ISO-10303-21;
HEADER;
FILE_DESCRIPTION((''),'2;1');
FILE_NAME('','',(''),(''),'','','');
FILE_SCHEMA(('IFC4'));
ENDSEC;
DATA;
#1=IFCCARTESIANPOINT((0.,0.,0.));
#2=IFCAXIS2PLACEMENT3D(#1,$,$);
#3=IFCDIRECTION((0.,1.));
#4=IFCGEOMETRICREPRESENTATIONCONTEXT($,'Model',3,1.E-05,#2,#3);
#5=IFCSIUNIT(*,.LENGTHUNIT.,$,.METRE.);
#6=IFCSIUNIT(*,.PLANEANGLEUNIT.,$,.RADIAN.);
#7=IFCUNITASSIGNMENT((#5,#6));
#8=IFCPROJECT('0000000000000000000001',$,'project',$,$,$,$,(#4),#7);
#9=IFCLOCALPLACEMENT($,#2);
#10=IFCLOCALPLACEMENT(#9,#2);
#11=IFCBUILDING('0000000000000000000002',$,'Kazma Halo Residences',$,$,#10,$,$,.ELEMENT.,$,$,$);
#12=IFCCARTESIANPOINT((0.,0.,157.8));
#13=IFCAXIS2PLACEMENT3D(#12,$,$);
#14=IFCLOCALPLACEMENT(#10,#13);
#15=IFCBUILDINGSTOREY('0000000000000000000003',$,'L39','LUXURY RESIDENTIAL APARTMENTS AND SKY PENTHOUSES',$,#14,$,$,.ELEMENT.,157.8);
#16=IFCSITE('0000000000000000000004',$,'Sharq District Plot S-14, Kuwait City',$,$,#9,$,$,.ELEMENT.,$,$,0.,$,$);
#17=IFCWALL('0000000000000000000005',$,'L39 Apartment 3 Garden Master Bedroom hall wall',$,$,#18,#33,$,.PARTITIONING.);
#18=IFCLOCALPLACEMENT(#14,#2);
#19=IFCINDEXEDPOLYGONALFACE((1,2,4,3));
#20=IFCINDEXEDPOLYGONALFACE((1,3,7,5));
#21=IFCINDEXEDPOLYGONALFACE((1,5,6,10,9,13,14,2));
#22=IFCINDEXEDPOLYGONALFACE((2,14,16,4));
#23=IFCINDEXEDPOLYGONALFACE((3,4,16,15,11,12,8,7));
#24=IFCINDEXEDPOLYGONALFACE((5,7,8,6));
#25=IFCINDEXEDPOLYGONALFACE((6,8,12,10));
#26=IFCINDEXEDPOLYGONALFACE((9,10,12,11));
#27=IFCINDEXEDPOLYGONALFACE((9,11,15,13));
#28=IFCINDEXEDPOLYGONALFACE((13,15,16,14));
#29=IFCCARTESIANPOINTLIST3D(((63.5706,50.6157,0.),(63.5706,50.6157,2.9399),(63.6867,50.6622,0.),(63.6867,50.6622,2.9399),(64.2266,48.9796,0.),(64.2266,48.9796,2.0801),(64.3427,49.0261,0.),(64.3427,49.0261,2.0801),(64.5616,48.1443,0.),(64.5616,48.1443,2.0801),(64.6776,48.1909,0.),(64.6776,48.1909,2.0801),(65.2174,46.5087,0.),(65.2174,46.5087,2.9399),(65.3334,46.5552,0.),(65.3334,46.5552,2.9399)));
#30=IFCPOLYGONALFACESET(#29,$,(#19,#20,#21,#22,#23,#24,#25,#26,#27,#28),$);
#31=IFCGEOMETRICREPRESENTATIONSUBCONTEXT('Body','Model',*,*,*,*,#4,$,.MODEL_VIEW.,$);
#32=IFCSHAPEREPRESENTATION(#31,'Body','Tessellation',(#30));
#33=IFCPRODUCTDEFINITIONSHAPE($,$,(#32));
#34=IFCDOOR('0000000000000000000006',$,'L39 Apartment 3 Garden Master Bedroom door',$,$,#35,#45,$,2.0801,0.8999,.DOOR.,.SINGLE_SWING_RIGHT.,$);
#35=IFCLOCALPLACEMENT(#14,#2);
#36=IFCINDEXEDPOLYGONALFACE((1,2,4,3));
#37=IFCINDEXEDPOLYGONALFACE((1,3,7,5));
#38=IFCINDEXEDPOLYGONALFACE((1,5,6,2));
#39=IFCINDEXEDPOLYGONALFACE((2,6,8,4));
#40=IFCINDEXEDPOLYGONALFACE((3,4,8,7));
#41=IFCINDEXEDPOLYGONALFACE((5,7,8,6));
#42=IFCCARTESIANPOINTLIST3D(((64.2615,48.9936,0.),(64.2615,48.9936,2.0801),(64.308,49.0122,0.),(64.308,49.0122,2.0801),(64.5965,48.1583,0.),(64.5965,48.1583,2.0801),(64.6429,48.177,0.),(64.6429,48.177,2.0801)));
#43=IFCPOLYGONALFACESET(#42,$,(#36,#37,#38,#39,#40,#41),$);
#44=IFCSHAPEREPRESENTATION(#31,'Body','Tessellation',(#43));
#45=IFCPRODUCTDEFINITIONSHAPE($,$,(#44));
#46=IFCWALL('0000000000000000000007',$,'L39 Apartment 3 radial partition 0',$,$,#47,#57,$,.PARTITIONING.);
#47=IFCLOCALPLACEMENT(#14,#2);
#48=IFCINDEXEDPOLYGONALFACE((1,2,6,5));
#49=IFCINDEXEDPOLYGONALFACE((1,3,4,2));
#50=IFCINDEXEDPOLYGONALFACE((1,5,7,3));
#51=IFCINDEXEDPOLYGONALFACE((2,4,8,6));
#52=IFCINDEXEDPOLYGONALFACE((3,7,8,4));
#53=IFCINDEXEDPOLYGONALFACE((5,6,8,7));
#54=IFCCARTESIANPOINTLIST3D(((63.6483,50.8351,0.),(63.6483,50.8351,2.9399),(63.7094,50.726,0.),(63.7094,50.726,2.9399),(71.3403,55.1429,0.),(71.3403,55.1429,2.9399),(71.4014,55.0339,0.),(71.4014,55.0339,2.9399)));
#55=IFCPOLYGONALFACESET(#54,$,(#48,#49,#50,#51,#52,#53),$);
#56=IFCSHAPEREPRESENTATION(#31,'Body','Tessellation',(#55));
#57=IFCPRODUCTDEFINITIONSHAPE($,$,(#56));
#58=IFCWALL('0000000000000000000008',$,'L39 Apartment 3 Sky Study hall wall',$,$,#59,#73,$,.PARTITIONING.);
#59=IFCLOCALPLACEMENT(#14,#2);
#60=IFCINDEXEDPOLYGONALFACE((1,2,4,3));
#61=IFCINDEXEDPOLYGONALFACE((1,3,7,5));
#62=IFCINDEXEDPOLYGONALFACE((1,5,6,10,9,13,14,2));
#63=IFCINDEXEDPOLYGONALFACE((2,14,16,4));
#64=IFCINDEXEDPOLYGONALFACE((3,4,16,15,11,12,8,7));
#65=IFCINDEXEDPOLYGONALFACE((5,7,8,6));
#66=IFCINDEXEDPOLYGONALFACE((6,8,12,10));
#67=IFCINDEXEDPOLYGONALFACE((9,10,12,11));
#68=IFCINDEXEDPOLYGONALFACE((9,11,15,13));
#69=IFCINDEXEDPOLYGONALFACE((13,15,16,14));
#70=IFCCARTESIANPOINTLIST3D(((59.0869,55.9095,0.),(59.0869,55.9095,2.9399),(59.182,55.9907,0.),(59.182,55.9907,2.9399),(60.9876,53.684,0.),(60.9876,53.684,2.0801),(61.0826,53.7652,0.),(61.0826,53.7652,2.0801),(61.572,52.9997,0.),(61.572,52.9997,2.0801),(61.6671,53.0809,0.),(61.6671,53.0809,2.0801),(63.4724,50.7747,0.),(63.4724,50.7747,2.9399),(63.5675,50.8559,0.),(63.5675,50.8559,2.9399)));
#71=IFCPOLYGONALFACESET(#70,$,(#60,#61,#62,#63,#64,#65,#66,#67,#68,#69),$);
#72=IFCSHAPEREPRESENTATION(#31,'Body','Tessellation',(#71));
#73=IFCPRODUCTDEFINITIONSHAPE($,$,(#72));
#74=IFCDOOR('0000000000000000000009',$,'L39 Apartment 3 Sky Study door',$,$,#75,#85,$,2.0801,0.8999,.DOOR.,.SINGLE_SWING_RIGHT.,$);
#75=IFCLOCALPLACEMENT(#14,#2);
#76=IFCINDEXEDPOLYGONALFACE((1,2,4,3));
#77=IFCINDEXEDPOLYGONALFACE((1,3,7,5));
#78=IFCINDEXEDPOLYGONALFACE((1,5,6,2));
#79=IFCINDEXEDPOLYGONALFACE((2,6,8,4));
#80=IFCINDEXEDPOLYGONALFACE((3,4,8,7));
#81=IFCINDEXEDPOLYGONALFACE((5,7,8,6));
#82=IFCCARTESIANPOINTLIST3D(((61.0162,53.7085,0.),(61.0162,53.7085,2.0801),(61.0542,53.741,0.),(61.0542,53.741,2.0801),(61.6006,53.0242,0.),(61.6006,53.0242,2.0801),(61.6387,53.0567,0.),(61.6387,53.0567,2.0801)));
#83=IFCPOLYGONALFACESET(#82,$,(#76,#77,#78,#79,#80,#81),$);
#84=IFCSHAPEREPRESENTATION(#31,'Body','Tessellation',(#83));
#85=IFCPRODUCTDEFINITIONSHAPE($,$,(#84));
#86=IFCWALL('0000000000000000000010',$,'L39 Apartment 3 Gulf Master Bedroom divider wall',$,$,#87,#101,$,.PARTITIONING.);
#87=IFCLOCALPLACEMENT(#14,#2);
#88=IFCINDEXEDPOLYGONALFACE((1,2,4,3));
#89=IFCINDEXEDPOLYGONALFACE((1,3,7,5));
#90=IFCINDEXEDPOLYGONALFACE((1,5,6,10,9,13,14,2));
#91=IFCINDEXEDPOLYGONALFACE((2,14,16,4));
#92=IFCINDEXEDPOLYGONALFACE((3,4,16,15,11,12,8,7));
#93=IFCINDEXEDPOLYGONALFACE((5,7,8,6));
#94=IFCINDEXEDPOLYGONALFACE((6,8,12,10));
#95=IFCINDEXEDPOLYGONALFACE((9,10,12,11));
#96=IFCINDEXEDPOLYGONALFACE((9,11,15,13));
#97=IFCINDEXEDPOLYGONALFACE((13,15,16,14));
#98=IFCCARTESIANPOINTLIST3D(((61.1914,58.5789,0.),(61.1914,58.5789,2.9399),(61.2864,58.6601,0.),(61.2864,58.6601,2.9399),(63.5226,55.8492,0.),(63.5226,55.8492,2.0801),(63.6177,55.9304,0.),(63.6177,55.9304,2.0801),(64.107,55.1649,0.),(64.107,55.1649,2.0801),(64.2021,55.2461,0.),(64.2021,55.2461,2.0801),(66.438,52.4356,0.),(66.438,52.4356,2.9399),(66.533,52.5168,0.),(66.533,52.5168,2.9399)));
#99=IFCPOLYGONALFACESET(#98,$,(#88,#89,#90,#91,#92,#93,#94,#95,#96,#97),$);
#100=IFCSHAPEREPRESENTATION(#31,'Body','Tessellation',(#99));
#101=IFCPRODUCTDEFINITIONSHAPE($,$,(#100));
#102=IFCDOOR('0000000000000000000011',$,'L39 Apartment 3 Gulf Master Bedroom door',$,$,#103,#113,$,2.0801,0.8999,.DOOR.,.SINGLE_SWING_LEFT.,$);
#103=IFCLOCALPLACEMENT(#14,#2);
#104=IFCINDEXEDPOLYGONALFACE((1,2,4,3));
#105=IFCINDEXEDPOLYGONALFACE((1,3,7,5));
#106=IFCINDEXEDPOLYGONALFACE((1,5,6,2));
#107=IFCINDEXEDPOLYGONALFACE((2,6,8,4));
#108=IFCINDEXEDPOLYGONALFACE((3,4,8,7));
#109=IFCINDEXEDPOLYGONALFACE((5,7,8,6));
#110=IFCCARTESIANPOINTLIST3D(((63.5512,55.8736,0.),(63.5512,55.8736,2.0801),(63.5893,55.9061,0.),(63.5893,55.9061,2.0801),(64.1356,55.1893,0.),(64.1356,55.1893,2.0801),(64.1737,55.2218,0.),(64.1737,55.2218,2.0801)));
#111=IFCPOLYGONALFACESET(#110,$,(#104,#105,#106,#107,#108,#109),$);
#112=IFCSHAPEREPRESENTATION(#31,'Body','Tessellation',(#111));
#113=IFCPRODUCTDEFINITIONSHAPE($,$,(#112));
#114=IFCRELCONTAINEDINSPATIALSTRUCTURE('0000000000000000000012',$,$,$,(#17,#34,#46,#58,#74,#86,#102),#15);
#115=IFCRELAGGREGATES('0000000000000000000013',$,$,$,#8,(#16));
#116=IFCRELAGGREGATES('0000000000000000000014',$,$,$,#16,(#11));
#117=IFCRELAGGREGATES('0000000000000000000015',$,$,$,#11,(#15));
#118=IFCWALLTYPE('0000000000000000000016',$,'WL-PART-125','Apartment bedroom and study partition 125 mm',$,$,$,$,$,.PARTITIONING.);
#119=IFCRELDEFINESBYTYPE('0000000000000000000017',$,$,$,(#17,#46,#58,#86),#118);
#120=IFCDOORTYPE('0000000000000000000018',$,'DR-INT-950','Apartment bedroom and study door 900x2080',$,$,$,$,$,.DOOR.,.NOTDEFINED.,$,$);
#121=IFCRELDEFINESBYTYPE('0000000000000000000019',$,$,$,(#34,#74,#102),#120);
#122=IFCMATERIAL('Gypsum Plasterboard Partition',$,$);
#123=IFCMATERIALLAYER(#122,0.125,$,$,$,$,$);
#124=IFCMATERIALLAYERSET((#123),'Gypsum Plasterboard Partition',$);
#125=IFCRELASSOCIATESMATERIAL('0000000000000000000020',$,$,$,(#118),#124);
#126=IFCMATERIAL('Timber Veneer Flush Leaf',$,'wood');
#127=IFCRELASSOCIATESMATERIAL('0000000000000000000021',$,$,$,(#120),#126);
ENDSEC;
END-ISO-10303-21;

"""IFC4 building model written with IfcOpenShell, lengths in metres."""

from ifc_helpers import new_model, si_unit, direction, frame, frame_2d, origin, place, context, subcontext, project, spatial, rectangle, extrude, material, layer, layer_set, type_object, element, fill, save


model = new_model("IFC4")

# Units and contexts
model_context = context("Model", 3, precision=1e-05, world=origin(), true_north=direction((0.0, 1.0)))
body_context = subcontext(model_context, "Body", "Model", "MODEL_VIEW")
ifc_project = project(units=[si_unit("LENGTHUNIT", "METRE"), si_unit("PLANEANGLEUNIT", "RADIAN")], contexts=[model_context])

# Site, building, storey
site_placement = place(None, origin())
site = spatial("IfcSite", under=ifc_project, at=site_placement, Name="Sharq District Plot S-14, Kuwait City", CompositionType="ELEMENT", RefElevation=0.0)
building_placement = place(site_placement, origin())
building = spatial("IfcBuilding", under=site, at=building_placement, Name="Kazma Halo Residences", CompositionType="ELEMENT")
storey_placement = place(building_placement, frame((0.0, 0.0, 157.8)))
storey = spatial("IfcBuildingStorey", under=building, at=storey_placement, Name="L39", Description="LUXURY RESIDENTIAL APARTMENTS AND SKY PENTHOUSES", CompositionType="ELEMENT", Elevation=157.8)

# Shared definitions
ifc_material_1 = material(Name="Gypsum Plasterboard Partition")
ifc_layer_1 = layer(ifc_material_1, 0.125)
ifc_layer_set_1 = layer_set([ifc_layer_1], Name="Gypsum Plasterboard Partition")
wall_type_1 = type_object("IfcWallType", Name="WL-PART-125", Description="Apartment bedroom and study partition 125 mm", PredefinedType="PARTITIONING", material=ifc_layer_set_1)

# Wall, opening, door
wall_1_placement = place(storey_placement, frame((65.2754, 46.532, 0.0), z_axis=(0.0, 0.0, 1.0), x_axis=(-0.372161, 0.928168, 0.0)))
wall_1 = element("IfcWall", 1, at=wall_1_placement, inside=storey, type_object=wall_type_1, Name="L39 Apartment 3 Garden Master Bedroom hall wall", PredefinedType="PARTITIONING", context=body_context, shape_type="SweptSolid", body=[
    extrude(rectangle(XDim=4.4248, YDim=0.125, at=frame_2d((2.2124, 0.0))), origin(), (0.0, 0.0, 1.0), 2.9399),
])
opening_1_placement = place(wall_1_placement, frame((1.7622, 0.0, 0.0)))
opening_1 = element("IfcOpeningElement", 2, at=opening_1_placement, cuts=wall_1, PredefinedType="OPENING", context=body_context, shape_type="SweptSolid", body=[
    extrude(rectangle(XDim=0.8999, YDim=2.0801, at=frame_2d((0.45, 1.04))), frame((0.0, 0.0725, 0.0), z_axis=(0.0, -1.0, 0.0), x_axis=(1.0, 0.0, 0.0)), (0.0, 0.0, 1.0), 0.145),
])
ifc_material_2 = material(Name="Timber Veneer Flush Leaf", Category="wood")
door_type_1 = type_object("IfcDoorType", Name="DR-INT-950", Description="Apartment bedroom and study door 900x2080", OperationType="NOTDEFINED", PredefinedType="DOOR", material=ifc_material_2)
door_1_placement = place(opening_1_placement, origin())
door_1 = element("IfcDoor", 3, at=door_1_placement, inside=storey, type_object=door_type_1, Name="L39 Apartment 3 Garden Master Bedroom door", OperationType="SINGLE_SWING_RIGHT", OverallHeight=2.0801, OverallWidth=0.8999, PredefinedType="DOOR", context=body_context, shape_type="SweptSolid", body=[
    extrude(rectangle(XDim=0.8999, YDim=2.0801, at=frame_2d((0.45, 1.04))), frame((0.0, 0.0249, 0.0), z_axis=(0.0, -1.0, 0.0), x_axis=(1.0, 0.0, 0.0)), (0.0, 0.0, 1.0), 0.05),
])
fill(opening_1, door_1)

# Wall
wall_2_placement = place(storey_placement, frame((63.6787, 50.7805, 0.0), z_axis=(0.0, 0.0, 1.0), x_axis=(0.872493, 0.488626, 0.0)))
element("IfcWall", 4, at=wall_2_placement, inside=storey, type_object=wall_type_1, Name="L39 Apartment 3 radial partition 0", PredefinedType="PARTITIONING", context=body_context, shape_type="SweptSolid", body=[
    extrude(rectangle(XDim=8.8162, YDim=0.125, at=frame_2d((4.4082, 0.0))), origin(), (0.0, 0.0, 1.0), 2.9399),
])

# Walls, openings, doors
wall_3_placement = place(storey_placement, frame((63.52, 50.8152, 0.0), z_axis=(0.0, 0.0, 1.0), x_axis=(-0.649448, 0.760406, 0.0)))
wall_3 = element("IfcWall", 5, at=wall_3_placement, inside=storey, type_object=wall_type_1, Name="L39 Apartment 3 Sky Study hall wall", PredefinedType="PARTITIONING", context=body_context, shape_type="SweptSolid", body=[
    extrude(rectangle(XDim=6.7527, YDim=0.125, at=frame_2d((3.3765, 0.0))), origin(), (0.0, 0.0, 1.0), 2.9399),
])
opening_2_placement = place(wall_3_placement, frame((2.9263, 0.0, 0.0)))
opening_2 = element("IfcOpeningElement", 6, at=opening_2_placement, cuts=wall_3, PredefinedType="OPENING", context=body_context, shape_type="SweptSolid", body=[
    extrude(rectangle(XDim=0.8999, YDim=2.0801, at=frame_2d((0.45, 1.04))), frame((0.0, 0.0725, 0.0), z_axis=(0.0, -1.0, 0.0), x_axis=(1.0, 0.0, 0.0)), (0.0, 0.0, 1.0), 0.145),
])
door_2_placement = place(opening_2_placement, origin())
door_2 = element("IfcDoor", 7, at=door_2_placement, inside=storey, type_object=door_type_1, Name="L39 Apartment 3 Sky Study door", OperationType="SINGLE_SWING_RIGHT", OverallHeight=2.0801, OverallWidth=0.8999, PredefinedType="DOOR", context=body_context, shape_type="SweptSolid", body=[
    extrude(rectangle(XDim=0.8999, YDim=2.0801, at=frame_2d((0.45, 1.04))), frame((0.0, 0.0249, 0.0), z_axis=(0.0, -1.0, 0.0), x_axis=(1.0, 0.0, 0.0)), (0.0, 0.0, 1.0), 0.05),
])
fill(opening_2, door_2)
wall_4_placement = place(storey_placement, frame((66.4856, 52.4761, 0.0), z_axis=(0.0, 0.0, 1.0), x_axis=(-0.649427, 0.760424, 0.0)))
wall_4 = element("IfcWall", 8, at=wall_4_placement, inside=storey, type_object=wall_type_1, Name="L39 Apartment 3 Gulf Master Bedroom divider wall", PredefinedType="PARTITIONING", context=body_context, shape_type="SweptSolid", body=[
    extrude(rectangle(XDim=8.0789, YDim=0.125, at=frame_2d((4.0396, 0.0))), origin(), (0.0, 0.0, 1.0), 2.9399),
])
opening_3_placement = place(wall_4_placement, frame((3.5894, 0.0, 0.0)))
opening_3 = element("IfcOpeningElement", 9, at=opening_3_placement, cuts=wall_4, PredefinedType="OPENING", context=body_context, shape_type="SweptSolid", body=[
    extrude(rectangle(XDim=0.8999, YDim=2.0801, at=frame_2d((0.45, 1.04))), frame((0.0, 0.0725, 0.0), z_axis=(0.0, -1.0, 0.0), x_axis=(1.0, 0.0, 0.0)), (0.0, 0.0, 1.0), 0.145),
])
door_3_placement = place(opening_3_placement, origin())
door_3 = element("IfcDoor", 10, at=door_3_placement, inside=storey, type_object=door_type_1, Name="L39 Apartment 3 Gulf Master Bedroom door", OperationType="SINGLE_SWING_LEFT", OverallHeight=2.0801, OverallWidth=0.8999, PredefinedType="DOOR", context=body_context, shape_type="SweptSolid", body=[
    extrude(rectangle(XDim=0.8999, YDim=2.0801, at=frame_2d((0.45, 1.04))), frame((0.0, 0.0249, 0.0), z_axis=(0.0, -1.0, 0.0), x_axis=(1.0, 0.0, 0.0)), (0.0, 0.0, 1.0), 0.05),
])
fill(opening_3, door_3)

save(model, "model.ifc")
